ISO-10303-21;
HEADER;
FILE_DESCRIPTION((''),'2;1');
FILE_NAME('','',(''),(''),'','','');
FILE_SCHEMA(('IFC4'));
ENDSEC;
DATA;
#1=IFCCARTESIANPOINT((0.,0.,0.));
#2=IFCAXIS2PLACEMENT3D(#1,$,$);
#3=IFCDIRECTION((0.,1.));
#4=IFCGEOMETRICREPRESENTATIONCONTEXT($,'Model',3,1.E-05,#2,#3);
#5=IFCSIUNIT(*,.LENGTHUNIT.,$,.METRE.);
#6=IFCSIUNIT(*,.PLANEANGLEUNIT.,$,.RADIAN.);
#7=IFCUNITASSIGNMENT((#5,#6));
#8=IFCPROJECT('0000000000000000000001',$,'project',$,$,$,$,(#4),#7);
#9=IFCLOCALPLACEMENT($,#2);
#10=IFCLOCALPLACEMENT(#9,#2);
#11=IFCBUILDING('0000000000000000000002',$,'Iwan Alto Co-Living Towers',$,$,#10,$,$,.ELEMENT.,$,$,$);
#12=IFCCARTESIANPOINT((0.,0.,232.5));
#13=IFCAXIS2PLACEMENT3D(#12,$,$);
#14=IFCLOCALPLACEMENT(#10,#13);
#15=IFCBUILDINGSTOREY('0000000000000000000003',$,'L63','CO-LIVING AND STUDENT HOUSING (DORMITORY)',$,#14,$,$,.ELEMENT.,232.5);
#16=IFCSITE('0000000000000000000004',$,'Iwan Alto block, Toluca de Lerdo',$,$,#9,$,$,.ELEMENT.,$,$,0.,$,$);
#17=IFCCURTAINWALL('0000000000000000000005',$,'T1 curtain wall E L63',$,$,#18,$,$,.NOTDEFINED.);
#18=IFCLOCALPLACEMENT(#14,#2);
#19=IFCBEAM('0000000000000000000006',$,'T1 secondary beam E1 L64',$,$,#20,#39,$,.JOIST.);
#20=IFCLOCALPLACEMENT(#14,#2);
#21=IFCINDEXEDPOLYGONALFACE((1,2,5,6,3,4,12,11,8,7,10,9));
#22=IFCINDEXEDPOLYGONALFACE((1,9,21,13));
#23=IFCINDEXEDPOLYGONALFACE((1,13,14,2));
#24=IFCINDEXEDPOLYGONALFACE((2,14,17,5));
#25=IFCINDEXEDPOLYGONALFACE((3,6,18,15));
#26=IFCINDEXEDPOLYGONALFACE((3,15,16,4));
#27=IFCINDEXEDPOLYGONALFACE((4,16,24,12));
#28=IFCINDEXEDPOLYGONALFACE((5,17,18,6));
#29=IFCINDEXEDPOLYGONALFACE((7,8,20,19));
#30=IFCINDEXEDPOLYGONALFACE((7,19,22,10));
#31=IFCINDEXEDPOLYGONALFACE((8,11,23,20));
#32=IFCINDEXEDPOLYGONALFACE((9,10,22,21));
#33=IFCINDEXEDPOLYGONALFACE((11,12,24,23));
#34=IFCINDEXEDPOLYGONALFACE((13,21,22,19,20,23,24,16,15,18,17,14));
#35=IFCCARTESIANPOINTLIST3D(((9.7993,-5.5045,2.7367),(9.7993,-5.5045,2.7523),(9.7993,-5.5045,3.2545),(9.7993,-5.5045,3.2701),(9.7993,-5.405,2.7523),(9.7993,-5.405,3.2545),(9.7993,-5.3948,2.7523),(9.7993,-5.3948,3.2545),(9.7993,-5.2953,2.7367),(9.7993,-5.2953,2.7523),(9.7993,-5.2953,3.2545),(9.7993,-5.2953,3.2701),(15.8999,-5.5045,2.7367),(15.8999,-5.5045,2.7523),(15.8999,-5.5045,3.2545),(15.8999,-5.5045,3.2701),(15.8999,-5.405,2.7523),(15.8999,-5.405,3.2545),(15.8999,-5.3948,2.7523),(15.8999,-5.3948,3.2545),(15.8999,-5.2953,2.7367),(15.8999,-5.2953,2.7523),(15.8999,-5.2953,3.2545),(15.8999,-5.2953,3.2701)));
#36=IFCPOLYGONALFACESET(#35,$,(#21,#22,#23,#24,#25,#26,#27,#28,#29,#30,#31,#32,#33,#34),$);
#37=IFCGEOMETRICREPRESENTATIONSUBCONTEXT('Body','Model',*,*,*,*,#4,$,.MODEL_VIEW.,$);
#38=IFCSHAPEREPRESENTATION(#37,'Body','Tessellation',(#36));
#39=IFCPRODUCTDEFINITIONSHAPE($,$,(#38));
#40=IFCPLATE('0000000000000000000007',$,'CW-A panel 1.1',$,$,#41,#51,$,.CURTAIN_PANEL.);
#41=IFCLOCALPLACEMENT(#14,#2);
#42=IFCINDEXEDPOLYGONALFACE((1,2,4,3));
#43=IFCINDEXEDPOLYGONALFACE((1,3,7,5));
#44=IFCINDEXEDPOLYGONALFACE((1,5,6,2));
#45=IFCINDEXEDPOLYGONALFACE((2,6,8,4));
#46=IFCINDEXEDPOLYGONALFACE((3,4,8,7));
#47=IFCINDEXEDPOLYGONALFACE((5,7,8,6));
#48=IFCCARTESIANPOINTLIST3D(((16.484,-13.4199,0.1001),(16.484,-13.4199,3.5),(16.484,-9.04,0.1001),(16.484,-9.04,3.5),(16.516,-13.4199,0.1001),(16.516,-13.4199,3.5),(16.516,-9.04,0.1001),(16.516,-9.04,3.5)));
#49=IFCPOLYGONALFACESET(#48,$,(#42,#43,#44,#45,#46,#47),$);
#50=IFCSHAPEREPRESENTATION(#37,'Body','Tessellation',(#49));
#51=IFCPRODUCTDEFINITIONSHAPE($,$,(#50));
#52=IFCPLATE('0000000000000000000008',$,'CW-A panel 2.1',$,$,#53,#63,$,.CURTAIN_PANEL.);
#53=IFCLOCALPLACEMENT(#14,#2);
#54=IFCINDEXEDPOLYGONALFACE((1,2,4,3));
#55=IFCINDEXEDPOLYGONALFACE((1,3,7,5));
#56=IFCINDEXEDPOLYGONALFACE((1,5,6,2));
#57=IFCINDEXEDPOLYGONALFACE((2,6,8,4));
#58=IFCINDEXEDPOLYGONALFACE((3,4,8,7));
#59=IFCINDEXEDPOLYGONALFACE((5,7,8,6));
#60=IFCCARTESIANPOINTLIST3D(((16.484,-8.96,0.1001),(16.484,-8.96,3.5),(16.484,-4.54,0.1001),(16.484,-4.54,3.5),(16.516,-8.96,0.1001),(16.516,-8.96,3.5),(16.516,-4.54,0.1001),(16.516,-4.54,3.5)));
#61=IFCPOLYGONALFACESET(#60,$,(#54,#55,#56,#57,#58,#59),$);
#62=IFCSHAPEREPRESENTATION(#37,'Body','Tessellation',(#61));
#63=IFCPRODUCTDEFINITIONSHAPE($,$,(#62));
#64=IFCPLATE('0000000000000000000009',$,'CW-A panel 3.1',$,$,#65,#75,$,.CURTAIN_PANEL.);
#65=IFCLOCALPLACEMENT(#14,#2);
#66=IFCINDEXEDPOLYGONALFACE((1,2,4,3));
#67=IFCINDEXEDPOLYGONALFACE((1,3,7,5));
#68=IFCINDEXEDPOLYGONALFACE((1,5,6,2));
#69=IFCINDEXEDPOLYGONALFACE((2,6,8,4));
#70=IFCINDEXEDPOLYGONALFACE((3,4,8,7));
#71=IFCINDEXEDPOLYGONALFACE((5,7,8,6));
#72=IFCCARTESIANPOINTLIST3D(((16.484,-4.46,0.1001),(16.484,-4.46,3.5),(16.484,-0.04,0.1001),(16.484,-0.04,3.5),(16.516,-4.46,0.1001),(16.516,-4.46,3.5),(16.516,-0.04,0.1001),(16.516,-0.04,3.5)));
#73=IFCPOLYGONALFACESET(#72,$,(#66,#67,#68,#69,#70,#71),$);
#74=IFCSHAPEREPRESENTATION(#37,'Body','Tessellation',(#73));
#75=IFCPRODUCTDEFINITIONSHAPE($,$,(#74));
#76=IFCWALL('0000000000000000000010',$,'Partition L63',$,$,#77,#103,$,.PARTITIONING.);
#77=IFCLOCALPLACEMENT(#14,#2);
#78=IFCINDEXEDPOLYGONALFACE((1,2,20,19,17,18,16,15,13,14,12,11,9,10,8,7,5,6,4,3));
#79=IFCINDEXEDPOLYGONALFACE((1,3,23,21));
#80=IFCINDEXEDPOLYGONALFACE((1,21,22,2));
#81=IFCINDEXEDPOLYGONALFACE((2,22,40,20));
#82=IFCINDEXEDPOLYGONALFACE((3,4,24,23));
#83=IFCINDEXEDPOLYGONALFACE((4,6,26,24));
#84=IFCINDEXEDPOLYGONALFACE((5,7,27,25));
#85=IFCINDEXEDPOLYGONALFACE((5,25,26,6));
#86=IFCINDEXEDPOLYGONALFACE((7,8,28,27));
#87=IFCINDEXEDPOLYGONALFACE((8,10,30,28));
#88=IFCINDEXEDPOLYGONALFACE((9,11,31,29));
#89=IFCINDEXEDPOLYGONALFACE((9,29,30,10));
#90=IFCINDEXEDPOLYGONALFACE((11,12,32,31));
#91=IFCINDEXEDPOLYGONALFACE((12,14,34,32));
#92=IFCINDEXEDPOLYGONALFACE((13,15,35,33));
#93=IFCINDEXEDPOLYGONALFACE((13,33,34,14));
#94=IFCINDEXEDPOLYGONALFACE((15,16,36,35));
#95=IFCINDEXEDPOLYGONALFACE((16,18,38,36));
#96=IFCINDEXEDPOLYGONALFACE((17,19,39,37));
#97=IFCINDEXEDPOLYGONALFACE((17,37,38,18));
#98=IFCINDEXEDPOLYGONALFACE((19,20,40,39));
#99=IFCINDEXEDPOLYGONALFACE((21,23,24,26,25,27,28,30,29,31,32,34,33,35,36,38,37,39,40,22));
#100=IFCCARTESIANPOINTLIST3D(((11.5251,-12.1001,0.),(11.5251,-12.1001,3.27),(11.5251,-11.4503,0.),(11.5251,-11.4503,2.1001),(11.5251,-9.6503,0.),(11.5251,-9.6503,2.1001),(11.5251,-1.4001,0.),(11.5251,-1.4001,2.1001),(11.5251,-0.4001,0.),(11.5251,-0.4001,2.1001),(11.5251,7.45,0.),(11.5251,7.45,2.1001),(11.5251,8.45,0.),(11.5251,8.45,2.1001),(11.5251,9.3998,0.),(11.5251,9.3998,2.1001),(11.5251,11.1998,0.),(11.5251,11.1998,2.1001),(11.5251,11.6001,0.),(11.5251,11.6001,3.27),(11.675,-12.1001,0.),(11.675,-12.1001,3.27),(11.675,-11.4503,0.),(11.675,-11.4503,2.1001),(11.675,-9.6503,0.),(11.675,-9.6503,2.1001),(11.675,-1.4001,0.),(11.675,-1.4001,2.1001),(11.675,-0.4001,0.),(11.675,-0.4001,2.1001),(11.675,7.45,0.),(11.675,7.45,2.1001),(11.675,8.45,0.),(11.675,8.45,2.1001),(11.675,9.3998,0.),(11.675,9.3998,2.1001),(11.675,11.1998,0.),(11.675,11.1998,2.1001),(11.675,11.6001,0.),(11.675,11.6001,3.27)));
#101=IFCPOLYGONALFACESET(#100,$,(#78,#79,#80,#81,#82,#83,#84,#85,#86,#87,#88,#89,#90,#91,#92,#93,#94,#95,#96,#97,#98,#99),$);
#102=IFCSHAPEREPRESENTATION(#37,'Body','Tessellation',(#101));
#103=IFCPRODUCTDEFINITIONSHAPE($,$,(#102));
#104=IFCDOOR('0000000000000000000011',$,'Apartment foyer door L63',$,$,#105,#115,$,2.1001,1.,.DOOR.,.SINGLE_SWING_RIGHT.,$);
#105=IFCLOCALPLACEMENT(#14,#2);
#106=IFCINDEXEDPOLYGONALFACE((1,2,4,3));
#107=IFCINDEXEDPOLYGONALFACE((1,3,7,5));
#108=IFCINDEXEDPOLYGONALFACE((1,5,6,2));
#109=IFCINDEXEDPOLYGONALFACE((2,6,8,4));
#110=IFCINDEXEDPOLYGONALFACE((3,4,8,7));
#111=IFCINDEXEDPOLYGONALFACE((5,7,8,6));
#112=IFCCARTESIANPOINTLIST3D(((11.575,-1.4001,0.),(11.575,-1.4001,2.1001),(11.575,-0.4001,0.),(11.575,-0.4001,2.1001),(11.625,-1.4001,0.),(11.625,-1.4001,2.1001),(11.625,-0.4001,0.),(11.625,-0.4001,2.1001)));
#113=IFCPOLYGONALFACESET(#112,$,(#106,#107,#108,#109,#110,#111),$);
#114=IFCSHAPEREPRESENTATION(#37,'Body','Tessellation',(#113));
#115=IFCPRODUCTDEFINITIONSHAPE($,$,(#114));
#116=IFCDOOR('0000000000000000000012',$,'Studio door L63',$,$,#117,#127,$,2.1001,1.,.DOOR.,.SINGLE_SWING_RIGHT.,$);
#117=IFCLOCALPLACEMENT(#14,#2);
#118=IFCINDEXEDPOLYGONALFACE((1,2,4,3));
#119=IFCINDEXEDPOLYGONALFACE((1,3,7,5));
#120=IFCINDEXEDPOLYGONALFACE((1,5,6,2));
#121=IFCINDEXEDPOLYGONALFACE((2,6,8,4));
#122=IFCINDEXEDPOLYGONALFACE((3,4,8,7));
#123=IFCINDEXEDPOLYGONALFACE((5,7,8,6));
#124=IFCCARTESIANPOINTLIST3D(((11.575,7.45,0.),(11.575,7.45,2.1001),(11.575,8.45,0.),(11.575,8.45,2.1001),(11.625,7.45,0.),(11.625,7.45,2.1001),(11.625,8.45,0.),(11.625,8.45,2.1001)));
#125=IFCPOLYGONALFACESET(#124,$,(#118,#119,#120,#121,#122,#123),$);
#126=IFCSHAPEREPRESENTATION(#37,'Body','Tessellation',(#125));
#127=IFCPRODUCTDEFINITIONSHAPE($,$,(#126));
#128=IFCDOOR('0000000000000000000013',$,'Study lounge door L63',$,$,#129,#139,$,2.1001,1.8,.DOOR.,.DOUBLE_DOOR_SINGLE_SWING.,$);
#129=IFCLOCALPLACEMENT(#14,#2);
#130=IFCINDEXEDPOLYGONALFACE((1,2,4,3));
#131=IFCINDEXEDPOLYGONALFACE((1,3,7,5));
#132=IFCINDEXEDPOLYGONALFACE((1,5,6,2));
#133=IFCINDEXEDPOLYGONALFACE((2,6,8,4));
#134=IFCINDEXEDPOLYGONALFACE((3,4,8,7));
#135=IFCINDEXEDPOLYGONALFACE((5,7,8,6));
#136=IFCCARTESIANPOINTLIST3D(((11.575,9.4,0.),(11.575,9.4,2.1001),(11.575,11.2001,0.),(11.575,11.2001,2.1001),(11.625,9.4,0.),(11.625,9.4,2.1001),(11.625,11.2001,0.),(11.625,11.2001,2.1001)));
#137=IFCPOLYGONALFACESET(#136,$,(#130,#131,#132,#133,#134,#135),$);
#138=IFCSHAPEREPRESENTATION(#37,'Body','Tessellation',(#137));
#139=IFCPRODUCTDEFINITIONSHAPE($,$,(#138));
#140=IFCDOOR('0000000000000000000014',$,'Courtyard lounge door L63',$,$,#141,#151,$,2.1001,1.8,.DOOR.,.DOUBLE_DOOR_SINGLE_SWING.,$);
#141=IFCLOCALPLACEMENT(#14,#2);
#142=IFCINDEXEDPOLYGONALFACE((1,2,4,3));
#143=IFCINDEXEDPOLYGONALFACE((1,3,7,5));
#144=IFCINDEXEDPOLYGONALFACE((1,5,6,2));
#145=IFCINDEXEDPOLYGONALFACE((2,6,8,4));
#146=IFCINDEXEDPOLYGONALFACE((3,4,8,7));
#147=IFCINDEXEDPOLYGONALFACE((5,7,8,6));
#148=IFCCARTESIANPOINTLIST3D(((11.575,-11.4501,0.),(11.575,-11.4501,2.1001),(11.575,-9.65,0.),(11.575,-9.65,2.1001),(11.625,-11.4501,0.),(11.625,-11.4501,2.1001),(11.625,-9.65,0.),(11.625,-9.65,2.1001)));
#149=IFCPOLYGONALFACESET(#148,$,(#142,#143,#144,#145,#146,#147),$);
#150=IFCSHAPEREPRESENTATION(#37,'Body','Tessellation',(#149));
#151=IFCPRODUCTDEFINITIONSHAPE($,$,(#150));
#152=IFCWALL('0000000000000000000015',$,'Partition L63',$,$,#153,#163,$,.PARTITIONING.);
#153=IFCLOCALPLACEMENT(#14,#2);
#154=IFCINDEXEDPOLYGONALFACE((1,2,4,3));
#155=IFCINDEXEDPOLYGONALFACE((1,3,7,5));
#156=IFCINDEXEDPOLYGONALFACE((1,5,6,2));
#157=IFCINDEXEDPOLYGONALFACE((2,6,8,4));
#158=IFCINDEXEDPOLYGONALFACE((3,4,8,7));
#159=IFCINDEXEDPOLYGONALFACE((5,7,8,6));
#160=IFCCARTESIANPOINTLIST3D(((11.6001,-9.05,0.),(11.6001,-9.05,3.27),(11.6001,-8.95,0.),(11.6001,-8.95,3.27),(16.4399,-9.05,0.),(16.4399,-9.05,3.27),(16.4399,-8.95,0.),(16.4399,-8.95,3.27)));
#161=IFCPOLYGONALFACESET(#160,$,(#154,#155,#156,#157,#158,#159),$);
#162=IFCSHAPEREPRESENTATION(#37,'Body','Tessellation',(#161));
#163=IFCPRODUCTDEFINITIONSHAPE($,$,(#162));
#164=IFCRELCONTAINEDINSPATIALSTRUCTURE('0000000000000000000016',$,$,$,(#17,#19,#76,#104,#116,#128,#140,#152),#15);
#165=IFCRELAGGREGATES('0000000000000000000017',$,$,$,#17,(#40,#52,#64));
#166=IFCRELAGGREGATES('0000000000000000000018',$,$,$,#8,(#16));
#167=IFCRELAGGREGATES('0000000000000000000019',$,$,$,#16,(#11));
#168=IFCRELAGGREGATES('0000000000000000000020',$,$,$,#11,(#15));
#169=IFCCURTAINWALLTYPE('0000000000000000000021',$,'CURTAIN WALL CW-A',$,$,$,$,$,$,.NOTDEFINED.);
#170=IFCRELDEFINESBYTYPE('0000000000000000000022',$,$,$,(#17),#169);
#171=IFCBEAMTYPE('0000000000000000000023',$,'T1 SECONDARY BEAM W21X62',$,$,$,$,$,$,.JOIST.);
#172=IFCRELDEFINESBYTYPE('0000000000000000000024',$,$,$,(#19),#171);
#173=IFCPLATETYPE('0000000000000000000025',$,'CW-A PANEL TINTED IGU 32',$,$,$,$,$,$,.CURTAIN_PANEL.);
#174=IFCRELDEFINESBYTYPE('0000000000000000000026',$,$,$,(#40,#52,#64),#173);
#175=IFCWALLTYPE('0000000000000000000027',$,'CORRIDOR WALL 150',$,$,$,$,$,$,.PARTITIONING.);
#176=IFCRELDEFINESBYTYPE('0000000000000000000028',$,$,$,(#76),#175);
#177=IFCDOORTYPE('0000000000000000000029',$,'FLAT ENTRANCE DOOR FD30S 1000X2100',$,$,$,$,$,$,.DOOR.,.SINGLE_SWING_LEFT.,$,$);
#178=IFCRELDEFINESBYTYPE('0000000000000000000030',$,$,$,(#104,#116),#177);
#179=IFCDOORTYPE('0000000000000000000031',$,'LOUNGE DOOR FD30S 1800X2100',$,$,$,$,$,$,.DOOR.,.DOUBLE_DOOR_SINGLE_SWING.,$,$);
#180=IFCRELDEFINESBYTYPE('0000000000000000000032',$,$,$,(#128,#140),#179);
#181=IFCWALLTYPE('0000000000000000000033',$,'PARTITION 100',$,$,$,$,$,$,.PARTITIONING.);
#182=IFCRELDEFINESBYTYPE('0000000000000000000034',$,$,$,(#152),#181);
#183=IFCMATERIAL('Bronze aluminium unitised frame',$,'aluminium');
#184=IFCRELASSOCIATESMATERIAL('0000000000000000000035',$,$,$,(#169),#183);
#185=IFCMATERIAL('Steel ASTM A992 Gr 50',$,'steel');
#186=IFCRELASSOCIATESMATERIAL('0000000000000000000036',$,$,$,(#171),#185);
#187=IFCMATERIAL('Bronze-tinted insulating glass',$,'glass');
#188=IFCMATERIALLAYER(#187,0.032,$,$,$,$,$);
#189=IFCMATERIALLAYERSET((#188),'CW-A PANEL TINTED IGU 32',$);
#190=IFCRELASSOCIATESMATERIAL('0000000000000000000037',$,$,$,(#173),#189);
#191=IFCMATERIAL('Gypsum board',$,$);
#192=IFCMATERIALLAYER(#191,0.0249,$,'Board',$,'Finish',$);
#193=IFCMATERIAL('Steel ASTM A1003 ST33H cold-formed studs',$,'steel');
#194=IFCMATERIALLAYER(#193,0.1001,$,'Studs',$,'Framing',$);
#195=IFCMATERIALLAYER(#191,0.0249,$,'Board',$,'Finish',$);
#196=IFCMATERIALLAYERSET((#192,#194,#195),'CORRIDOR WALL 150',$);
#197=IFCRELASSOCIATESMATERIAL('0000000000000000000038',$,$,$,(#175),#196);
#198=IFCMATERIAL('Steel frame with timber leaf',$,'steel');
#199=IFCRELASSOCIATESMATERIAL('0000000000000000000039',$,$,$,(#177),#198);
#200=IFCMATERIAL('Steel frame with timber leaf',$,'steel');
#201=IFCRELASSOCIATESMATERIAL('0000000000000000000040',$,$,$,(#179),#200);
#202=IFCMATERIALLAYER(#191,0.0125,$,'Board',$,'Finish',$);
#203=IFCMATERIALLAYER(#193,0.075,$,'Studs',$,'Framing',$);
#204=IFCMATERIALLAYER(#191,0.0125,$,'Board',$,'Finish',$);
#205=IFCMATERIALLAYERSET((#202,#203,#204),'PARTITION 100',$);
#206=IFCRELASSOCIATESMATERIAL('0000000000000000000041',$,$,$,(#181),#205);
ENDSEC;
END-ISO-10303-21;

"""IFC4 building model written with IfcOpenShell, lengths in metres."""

from ifc_helpers import new_model, si_unit, direction, frame, frame_2d, origin, origin_2d, place, context, subcontext, project, spatial, rectangle, i_section, extrude, material, layer, layer_set, material_profile, profile_set, type_object, element, fill, aggregate, save


model = new_model("IFC4")

# Units and contexts
model_context = context("Model", 3, precision=1e-05, world=origin(), true_north=direction((0.0, 1.0)))
body_context = subcontext(model_context, "Body", "Model", "MODEL_VIEW")
ifc_project = project(units=[si_unit("LENGTHUNIT", "METRE"), si_unit("PLANEANGLEUNIT", "RADIAN")], contexts=[model_context])

# Site, building, storey
site_placement = place(None, origin())
site = spatial("IfcSite", under=ifc_project, at=site_placement, Name="Iwan Alto block, Toluca de Lerdo", CompositionType="ELEMENT", RefElevation=0.0)
building_placement = place(site_placement, origin())
building = spatial("IfcBuilding", under=site, at=building_placement, Name="Iwan Alto Co-Living Towers", CompositionType="ELEMENT")
storey_placement = place(building_placement, frame((0.0, 0.0, 232.5)))
storey = spatial("IfcBuildingStorey", under=building, at=storey_placement, Name="L63", Description="CO-LIVING AND STUDENT HOUSING (DORMITORY)", CompositionType="ELEMENT", Elevation=232.5)

# Curtain wall
ifc_material_1 = material(Name="Bronze aluminium unitised frame", Category="aluminium")
curtain_wall_type = type_object("IfcCurtainWallType", Name="CURTAIN WALL CW-A", PredefinedType="NOTDEFINED", material=ifc_material_1)
curtain_wall_placement = place(storey_placement, origin())
curtain_wall = element("IfcCurtainWall", 1, at=curtain_wall_placement, inside=storey, type_object=curtain_wall_type, Name="T1 curtain wall E L63", PredefinedType="NOTDEFINED")

# Beam
ifc_material_2 = material(Name="Steel ASTM A992 Gr 50", Category="steel")
ifc_material_profile_1 = material_profile(ifc_material_2, i_section(OverallWidth=0.2092, OverallDepth=0.5334, WebThickness=0.0103, FlangeThickness=0.0156, at=origin_2d()), Name="W21X62")
ifc_profile_set_1 = profile_set([ifc_material_profile_1], Name="Steel ASTM A992 Gr 50")
beam_type_1 = type_object("IfcBeamType", Name="T1 SECONDARY BEAM W21X62", PredefinedType="JOIST", material=ifc_profile_set_1)
beam_1_placement = place(storey_placement, frame((15.8999, -5.3999, 3.0034), z_axis=(-1.0, 0.0, 0.0), x_axis=(0.0, -1.0, 0.0)))
element("IfcBeam", 2, at=beam_1_placement, inside=storey, type_object=beam_type_1, Name="T1 secondary beam E1 L64", PredefinedType="JOIST", context=body_context, shape_type="SweptSolid", body=[
    extrude(i_section(OverallWidth=0.2092, OverallDepth=0.5334, WebThickness=0.0103, FlangeThickness=0.0156, at=origin_2d()), origin(), (0.0, 0.0, 1.0), 6.1006),
])

# Plates
ifc_material_3 = material(Name="Bronze-tinted insulating glass", Category="glass")
ifc_layer_1 = layer(ifc_material_3, 0.032)
ifc_layer_set_1 = layer_set([ifc_layer_1], Name="CW-A PANEL TINTED IGU 32")
plate_type = type_object("IfcPlateType", Name="CW-A PANEL TINTED IGU 32", PredefinedType="CURTAIN_PANEL", material=ifc_layer_set_1)
plate_1_placement = place(storey_placement, frame((16.5, -11.23, 0.1001), z_axis=(0.0, 0.0, 1.0), x_axis=(0.0, 1.0, 0.0)))
plate_1 = element("IfcPlate", 3, at=plate_1_placement, type_object=plate_type, Name="CW-A panel 1.1", PredefinedType="CURTAIN_PANEL", context=body_context, shape_type="SweptSolid", body=[
    extrude(rectangle(XDim=4.3799, YDim=0.032, at=origin_2d()), origin(), (0.0, 0.0, 1.0), 3.3999),
])
plate_2_placement = place(storey_placement, frame((16.5, -6.75, 0.1001), z_axis=(0.0, 0.0, 1.0), x_axis=(0.0, 1.0, 0.0)))
plate_2 = element("IfcPlate", 4, at=plate_2_placement, type_object=plate_type, Name="CW-A panel 2.1", PredefinedType="CURTAIN_PANEL", context=body_context, shape_type="SweptSolid", body=[
    extrude(rectangle(XDim=4.4199, YDim=0.032, at=origin_2d()), origin(), (0.0, 0.0, 1.0), 3.3999),
])
plate_3_placement = place(storey_placement, frame((16.5, -2.25, 0.1001), z_axis=(0.0, 0.0, 1.0), x_axis=(0.0, 1.0, 0.0)))
plate_3 = element("IfcPlate", 5, at=plate_3_placement, type_object=plate_type, Name="CW-A panel 3.1", PredefinedType="CURTAIN_PANEL", context=body_context, shape_type="SweptSolid", body=[
    extrude(rectangle(XDim=4.4199, YDim=0.032, at=origin_2d()), origin(), (0.0, 0.0, 1.0), 3.3999),
])
aggregate(curtain_wall, [plate_1, plate_2, plate_3])

# Wall, openings, doors
ifc_material_4 = material(Name="Gypsum board")
ifc_layer_2 = layer(ifc_material_4, 0.0249, Name="Board", Category="Finish")
ifc_material_5 = material(Name="Steel ASTM A1003 ST33H cold-formed studs", Category="steel")
ifc_layer_3 = layer(ifc_material_5, 0.1001, Name="Studs", Category="Framing")
ifc_layer_4 = layer(ifc_material_4, 0.0249, Name="Board", Category="Finish")
ifc_layer_set_2 = layer_set([ifc_layer_2, ifc_layer_3, ifc_layer_4], Name="CORRIDOR WALL 150")
wall_type_1 = type_object("IfcWallType", Name="CORRIDOR WALL 150", PredefinedType="PARTITIONING", material=ifc_layer_set_2)
wall_1_placement = place(storey_placement, frame((11.6001, -12.1001, 0.0), z_axis=(0.0, 0.0, 1.0), x_axis=(0.0, 1.0, 0.0)))
wall_1 = element("IfcWall", 6, at=wall_1_placement, inside=storey, type_object=wall_type_1, Name="Partition L63", PredefinedType="PARTITIONING", context=body_context, shape_type="SweptSolid", body=[
    extrude(rectangle(XDim=23.7002, YDim=0.1499, at=frame_2d((11.8501, 0.0))), origin(), (0.0, 0.0, 1.0), 3.27),
])
opening_1_placement = place(wall_1_placement, frame((10.7, 0.0, 0.0)))
opening_1 = element("IfcOpeningElement", 7, at=opening_1_placement, cuts=wall_1, PredefinedType="OPENING", context=body_context, shape_type="SweptSolid", body=[
    extrude(rectangle(XDim=1.0, YDim=2.1001, at=frame_2d((0.5, 1.05))), frame((0.0, 0.085, 0.0), z_axis=(0.0, -1.0, 0.0), x_axis=(1.0, 0.0, 0.0)), (0.0, 0.0, 1.0), 0.1699),
])
opening_2_placement = place(wall_1_placement, frame((19.55, 0.0, 0.0)))
opening_2 = element("IfcOpeningElement", 8, at=opening_2_placement, cuts=wall_1, PredefinedType="OPENING", context=body_context, shape_type="SweptSolid", body=[
    extrude(rectangle(XDim=1.0, YDim=2.1001, at=frame_2d((0.5, 1.05))), frame((0.0, 0.085, 0.0), z_axis=(0.0, -1.0, 0.0), x_axis=(1.0, 0.0, 0.0)), (0.0, 0.0, 1.0), 0.1699),
])
opening_3_placement = place(wall_1_placement, frame((21.5, 0.0, 0.0)))
opening_3 = element("IfcOpeningElement", 9, at=opening_3_placement, cuts=wall_1, PredefinedType="OPENING", context=body_context, shape_type="SweptSolid", body=[
    extrude(rectangle(XDim=1.8, YDim=2.1001, at=frame_2d((0.8999, 1.05))), frame((0.0, 0.085, 0.0), z_axis=(0.0, -1.0, 0.0), x_axis=(1.0, 0.0, 0.0)), (0.0, 0.0, 1.0), 0.1699),
])
opening_4_placement = place(wall_1_placement, frame((0.6499, 0.0, 0.0)))
opening_4 = element("IfcOpeningElement", 10, at=opening_4_placement, cuts=wall_1, PredefinedType="OPENING", context=body_context, shape_type="SweptSolid", body=[
    extrude(rectangle(XDim=1.8, YDim=2.1001, at=frame_2d((0.8999, 1.05))), frame((0.0, 0.085, 0.0), z_axis=(0.0, -1.0, 0.0), x_axis=(1.0, 0.0, 0.0)), (0.0, 0.0, 1.0), 0.1699),
])
ifc_material_6 = material(Name="Steel frame with timber leaf", Category="steel")
door_type_1 = type_object("IfcDoorType", Name="FLAT ENTRANCE DOOR FD30S 1000X2100", OperationType="SINGLE_SWING_LEFT", PredefinedType="DOOR", material=ifc_material_6)
door_1_placement = place(opening_1_placement, frame((1.0, 0.0, 0.0), z_axis=(0.0, 0.0, 1.0), x_axis=(-1.0, 0.0, 0.0)))
door_1 = element("IfcDoor", 11, at=door_1_placement, inside=storey, type_object=door_type_1, Name="Apartment foyer door L63", OperationType="SINGLE_SWING_RIGHT", OverallHeight=2.1001, OverallWidth=1.0, PredefinedType="DOOR", context=body_context, shape_type="SweptSolid", body=[
    extrude(rectangle(XDim=1.0, YDim=2.1001, at=frame_2d((0.5, 1.05))), frame((0.0, 0.0249, 0.0), z_axis=(0.0, -1.0, 0.0), x_axis=(1.0, 0.0, 0.0)), (0.0, 0.0, 1.0), 0.05),
])
fill(opening_1, door_1)
door_2_placement = place(opening_2_placement, frame((1.0, 0.0, 0.0), z_axis=(0.0, 0.0, 1.0), x_axis=(-1.0, 0.0, 0.0)))
door_2 = element("IfcDoor", 12, at=door_2_placement, inside=storey, type_object=door_type_1, Name="Studio door L63", OperationType="SINGLE_SWING_RIGHT", OverallHeight=2.1001, OverallWidth=1.0, PredefinedType="DOOR", context=body_context, shape_type="SweptSolid", body=[
    extrude(rectangle(XDim=1.0, YDim=2.1001, at=frame_2d((0.5, 1.05))), frame((0.0, 0.0249, 0.0), z_axis=(0.0, -1.0, 0.0), x_axis=(1.0, 0.0, 0.0)), (0.0, 0.0, 1.0), 0.05),
])
fill(opening_2, door_2)
ifc_material_7 = material(Name="Steel frame with timber leaf", Category="steel")
door_type_2 = type_object("IfcDoorType", Name="LOUNGE DOOR FD30S 1800X2100", OperationType="DOUBLE_DOOR_SINGLE_SWING", PredefinedType="DOOR", material=ifc_material_7)
door_3_placement = place(opening_3_placement, frame((1.8, 0.0, 0.0), z_axis=(0.0, 0.0, 1.0), x_axis=(-1.0, 0.0, 0.0)))
door_3 = element("IfcDoor", 13, at=door_3_placement, inside=storey, type_object=door_type_2, Name="Study lounge door L63", OperationType="DOUBLE_DOOR_SINGLE_SWING", OverallHeight=2.1001, OverallWidth=1.8, PredefinedType="DOOR", context=body_context, shape_type="SweptSolid", body=[
    extrude(rectangle(XDim=1.8, YDim=2.1001, at=frame_2d((0.8999, 1.05))), frame((0.0, 0.0249, 0.0), z_axis=(0.0, -1.0, 0.0), x_axis=(1.0, 0.0, 0.0)), (0.0, 0.0, 1.0), 0.05),
])
fill(opening_3, door_3)
door_4_placement = place(opening_4_placement, frame((1.8, 0.0, 0.0), z_axis=(0.0, 0.0, 1.0), x_axis=(-1.0, 0.0, 0.0)))
door_4 = element("IfcDoor", 14, at=door_4_placement, inside=storey, type_object=door_type_2, Name="Courtyard lounge door L63", OperationType="DOUBLE_DOOR_SINGLE_SWING", OverallHeight=2.1001, OverallWidth=1.8, PredefinedType="DOOR", context=body_context, shape_type="SweptSolid", body=[
    extrude(rectangle(XDim=1.8, YDim=2.1001, at=frame_2d((0.8999, 1.05))), frame((0.0, 0.0249, 0.0), z_axis=(0.0, -1.0, 0.0), x_axis=(1.0, 0.0, 0.0)), (0.0, 0.0, 1.0), 0.05),
])
fill(opening_4, door_4)

# Wall
ifc_layer_5 = layer(ifc_material_4, 0.0125, Name="Board", Category="Finish")
ifc_layer_6 = layer(ifc_material_5, 0.075, Name="Studs", Category="Framing")
ifc_layer_7 = layer(ifc_material_4, 0.0125, Name="Board", Category="Finish")
ifc_layer_set_3 = layer_set([ifc_layer_5, ifc_layer_6, ifc_layer_7], Name="PARTITION 100")
wall_type_2 = type_object("IfcWallType", Name="PARTITION 100", PredefinedType="PARTITIONING", material=ifc_layer_set_3)
wall_2_placement = place(storey_placement, frame((11.6001, -9.0, 0.0), z_axis=(0.0, 0.0, 1.0), x_axis=(1.0, 0.0, 0.0)))
element("IfcWall", 15, at=wall_2_placement, inside=storey, type_object=wall_type_2, Name="Partition L63", PredefinedType="PARTITIONING", context=body_context, shape_type="SweptSolid", body=[
    extrude(rectangle(XDim=4.8398, YDim=0.1001, at=frame_2d((2.4199, 0.0))), origin(), (0.0, 0.0, 1.0), 3.27),
])

save(model, "model.ifc")
